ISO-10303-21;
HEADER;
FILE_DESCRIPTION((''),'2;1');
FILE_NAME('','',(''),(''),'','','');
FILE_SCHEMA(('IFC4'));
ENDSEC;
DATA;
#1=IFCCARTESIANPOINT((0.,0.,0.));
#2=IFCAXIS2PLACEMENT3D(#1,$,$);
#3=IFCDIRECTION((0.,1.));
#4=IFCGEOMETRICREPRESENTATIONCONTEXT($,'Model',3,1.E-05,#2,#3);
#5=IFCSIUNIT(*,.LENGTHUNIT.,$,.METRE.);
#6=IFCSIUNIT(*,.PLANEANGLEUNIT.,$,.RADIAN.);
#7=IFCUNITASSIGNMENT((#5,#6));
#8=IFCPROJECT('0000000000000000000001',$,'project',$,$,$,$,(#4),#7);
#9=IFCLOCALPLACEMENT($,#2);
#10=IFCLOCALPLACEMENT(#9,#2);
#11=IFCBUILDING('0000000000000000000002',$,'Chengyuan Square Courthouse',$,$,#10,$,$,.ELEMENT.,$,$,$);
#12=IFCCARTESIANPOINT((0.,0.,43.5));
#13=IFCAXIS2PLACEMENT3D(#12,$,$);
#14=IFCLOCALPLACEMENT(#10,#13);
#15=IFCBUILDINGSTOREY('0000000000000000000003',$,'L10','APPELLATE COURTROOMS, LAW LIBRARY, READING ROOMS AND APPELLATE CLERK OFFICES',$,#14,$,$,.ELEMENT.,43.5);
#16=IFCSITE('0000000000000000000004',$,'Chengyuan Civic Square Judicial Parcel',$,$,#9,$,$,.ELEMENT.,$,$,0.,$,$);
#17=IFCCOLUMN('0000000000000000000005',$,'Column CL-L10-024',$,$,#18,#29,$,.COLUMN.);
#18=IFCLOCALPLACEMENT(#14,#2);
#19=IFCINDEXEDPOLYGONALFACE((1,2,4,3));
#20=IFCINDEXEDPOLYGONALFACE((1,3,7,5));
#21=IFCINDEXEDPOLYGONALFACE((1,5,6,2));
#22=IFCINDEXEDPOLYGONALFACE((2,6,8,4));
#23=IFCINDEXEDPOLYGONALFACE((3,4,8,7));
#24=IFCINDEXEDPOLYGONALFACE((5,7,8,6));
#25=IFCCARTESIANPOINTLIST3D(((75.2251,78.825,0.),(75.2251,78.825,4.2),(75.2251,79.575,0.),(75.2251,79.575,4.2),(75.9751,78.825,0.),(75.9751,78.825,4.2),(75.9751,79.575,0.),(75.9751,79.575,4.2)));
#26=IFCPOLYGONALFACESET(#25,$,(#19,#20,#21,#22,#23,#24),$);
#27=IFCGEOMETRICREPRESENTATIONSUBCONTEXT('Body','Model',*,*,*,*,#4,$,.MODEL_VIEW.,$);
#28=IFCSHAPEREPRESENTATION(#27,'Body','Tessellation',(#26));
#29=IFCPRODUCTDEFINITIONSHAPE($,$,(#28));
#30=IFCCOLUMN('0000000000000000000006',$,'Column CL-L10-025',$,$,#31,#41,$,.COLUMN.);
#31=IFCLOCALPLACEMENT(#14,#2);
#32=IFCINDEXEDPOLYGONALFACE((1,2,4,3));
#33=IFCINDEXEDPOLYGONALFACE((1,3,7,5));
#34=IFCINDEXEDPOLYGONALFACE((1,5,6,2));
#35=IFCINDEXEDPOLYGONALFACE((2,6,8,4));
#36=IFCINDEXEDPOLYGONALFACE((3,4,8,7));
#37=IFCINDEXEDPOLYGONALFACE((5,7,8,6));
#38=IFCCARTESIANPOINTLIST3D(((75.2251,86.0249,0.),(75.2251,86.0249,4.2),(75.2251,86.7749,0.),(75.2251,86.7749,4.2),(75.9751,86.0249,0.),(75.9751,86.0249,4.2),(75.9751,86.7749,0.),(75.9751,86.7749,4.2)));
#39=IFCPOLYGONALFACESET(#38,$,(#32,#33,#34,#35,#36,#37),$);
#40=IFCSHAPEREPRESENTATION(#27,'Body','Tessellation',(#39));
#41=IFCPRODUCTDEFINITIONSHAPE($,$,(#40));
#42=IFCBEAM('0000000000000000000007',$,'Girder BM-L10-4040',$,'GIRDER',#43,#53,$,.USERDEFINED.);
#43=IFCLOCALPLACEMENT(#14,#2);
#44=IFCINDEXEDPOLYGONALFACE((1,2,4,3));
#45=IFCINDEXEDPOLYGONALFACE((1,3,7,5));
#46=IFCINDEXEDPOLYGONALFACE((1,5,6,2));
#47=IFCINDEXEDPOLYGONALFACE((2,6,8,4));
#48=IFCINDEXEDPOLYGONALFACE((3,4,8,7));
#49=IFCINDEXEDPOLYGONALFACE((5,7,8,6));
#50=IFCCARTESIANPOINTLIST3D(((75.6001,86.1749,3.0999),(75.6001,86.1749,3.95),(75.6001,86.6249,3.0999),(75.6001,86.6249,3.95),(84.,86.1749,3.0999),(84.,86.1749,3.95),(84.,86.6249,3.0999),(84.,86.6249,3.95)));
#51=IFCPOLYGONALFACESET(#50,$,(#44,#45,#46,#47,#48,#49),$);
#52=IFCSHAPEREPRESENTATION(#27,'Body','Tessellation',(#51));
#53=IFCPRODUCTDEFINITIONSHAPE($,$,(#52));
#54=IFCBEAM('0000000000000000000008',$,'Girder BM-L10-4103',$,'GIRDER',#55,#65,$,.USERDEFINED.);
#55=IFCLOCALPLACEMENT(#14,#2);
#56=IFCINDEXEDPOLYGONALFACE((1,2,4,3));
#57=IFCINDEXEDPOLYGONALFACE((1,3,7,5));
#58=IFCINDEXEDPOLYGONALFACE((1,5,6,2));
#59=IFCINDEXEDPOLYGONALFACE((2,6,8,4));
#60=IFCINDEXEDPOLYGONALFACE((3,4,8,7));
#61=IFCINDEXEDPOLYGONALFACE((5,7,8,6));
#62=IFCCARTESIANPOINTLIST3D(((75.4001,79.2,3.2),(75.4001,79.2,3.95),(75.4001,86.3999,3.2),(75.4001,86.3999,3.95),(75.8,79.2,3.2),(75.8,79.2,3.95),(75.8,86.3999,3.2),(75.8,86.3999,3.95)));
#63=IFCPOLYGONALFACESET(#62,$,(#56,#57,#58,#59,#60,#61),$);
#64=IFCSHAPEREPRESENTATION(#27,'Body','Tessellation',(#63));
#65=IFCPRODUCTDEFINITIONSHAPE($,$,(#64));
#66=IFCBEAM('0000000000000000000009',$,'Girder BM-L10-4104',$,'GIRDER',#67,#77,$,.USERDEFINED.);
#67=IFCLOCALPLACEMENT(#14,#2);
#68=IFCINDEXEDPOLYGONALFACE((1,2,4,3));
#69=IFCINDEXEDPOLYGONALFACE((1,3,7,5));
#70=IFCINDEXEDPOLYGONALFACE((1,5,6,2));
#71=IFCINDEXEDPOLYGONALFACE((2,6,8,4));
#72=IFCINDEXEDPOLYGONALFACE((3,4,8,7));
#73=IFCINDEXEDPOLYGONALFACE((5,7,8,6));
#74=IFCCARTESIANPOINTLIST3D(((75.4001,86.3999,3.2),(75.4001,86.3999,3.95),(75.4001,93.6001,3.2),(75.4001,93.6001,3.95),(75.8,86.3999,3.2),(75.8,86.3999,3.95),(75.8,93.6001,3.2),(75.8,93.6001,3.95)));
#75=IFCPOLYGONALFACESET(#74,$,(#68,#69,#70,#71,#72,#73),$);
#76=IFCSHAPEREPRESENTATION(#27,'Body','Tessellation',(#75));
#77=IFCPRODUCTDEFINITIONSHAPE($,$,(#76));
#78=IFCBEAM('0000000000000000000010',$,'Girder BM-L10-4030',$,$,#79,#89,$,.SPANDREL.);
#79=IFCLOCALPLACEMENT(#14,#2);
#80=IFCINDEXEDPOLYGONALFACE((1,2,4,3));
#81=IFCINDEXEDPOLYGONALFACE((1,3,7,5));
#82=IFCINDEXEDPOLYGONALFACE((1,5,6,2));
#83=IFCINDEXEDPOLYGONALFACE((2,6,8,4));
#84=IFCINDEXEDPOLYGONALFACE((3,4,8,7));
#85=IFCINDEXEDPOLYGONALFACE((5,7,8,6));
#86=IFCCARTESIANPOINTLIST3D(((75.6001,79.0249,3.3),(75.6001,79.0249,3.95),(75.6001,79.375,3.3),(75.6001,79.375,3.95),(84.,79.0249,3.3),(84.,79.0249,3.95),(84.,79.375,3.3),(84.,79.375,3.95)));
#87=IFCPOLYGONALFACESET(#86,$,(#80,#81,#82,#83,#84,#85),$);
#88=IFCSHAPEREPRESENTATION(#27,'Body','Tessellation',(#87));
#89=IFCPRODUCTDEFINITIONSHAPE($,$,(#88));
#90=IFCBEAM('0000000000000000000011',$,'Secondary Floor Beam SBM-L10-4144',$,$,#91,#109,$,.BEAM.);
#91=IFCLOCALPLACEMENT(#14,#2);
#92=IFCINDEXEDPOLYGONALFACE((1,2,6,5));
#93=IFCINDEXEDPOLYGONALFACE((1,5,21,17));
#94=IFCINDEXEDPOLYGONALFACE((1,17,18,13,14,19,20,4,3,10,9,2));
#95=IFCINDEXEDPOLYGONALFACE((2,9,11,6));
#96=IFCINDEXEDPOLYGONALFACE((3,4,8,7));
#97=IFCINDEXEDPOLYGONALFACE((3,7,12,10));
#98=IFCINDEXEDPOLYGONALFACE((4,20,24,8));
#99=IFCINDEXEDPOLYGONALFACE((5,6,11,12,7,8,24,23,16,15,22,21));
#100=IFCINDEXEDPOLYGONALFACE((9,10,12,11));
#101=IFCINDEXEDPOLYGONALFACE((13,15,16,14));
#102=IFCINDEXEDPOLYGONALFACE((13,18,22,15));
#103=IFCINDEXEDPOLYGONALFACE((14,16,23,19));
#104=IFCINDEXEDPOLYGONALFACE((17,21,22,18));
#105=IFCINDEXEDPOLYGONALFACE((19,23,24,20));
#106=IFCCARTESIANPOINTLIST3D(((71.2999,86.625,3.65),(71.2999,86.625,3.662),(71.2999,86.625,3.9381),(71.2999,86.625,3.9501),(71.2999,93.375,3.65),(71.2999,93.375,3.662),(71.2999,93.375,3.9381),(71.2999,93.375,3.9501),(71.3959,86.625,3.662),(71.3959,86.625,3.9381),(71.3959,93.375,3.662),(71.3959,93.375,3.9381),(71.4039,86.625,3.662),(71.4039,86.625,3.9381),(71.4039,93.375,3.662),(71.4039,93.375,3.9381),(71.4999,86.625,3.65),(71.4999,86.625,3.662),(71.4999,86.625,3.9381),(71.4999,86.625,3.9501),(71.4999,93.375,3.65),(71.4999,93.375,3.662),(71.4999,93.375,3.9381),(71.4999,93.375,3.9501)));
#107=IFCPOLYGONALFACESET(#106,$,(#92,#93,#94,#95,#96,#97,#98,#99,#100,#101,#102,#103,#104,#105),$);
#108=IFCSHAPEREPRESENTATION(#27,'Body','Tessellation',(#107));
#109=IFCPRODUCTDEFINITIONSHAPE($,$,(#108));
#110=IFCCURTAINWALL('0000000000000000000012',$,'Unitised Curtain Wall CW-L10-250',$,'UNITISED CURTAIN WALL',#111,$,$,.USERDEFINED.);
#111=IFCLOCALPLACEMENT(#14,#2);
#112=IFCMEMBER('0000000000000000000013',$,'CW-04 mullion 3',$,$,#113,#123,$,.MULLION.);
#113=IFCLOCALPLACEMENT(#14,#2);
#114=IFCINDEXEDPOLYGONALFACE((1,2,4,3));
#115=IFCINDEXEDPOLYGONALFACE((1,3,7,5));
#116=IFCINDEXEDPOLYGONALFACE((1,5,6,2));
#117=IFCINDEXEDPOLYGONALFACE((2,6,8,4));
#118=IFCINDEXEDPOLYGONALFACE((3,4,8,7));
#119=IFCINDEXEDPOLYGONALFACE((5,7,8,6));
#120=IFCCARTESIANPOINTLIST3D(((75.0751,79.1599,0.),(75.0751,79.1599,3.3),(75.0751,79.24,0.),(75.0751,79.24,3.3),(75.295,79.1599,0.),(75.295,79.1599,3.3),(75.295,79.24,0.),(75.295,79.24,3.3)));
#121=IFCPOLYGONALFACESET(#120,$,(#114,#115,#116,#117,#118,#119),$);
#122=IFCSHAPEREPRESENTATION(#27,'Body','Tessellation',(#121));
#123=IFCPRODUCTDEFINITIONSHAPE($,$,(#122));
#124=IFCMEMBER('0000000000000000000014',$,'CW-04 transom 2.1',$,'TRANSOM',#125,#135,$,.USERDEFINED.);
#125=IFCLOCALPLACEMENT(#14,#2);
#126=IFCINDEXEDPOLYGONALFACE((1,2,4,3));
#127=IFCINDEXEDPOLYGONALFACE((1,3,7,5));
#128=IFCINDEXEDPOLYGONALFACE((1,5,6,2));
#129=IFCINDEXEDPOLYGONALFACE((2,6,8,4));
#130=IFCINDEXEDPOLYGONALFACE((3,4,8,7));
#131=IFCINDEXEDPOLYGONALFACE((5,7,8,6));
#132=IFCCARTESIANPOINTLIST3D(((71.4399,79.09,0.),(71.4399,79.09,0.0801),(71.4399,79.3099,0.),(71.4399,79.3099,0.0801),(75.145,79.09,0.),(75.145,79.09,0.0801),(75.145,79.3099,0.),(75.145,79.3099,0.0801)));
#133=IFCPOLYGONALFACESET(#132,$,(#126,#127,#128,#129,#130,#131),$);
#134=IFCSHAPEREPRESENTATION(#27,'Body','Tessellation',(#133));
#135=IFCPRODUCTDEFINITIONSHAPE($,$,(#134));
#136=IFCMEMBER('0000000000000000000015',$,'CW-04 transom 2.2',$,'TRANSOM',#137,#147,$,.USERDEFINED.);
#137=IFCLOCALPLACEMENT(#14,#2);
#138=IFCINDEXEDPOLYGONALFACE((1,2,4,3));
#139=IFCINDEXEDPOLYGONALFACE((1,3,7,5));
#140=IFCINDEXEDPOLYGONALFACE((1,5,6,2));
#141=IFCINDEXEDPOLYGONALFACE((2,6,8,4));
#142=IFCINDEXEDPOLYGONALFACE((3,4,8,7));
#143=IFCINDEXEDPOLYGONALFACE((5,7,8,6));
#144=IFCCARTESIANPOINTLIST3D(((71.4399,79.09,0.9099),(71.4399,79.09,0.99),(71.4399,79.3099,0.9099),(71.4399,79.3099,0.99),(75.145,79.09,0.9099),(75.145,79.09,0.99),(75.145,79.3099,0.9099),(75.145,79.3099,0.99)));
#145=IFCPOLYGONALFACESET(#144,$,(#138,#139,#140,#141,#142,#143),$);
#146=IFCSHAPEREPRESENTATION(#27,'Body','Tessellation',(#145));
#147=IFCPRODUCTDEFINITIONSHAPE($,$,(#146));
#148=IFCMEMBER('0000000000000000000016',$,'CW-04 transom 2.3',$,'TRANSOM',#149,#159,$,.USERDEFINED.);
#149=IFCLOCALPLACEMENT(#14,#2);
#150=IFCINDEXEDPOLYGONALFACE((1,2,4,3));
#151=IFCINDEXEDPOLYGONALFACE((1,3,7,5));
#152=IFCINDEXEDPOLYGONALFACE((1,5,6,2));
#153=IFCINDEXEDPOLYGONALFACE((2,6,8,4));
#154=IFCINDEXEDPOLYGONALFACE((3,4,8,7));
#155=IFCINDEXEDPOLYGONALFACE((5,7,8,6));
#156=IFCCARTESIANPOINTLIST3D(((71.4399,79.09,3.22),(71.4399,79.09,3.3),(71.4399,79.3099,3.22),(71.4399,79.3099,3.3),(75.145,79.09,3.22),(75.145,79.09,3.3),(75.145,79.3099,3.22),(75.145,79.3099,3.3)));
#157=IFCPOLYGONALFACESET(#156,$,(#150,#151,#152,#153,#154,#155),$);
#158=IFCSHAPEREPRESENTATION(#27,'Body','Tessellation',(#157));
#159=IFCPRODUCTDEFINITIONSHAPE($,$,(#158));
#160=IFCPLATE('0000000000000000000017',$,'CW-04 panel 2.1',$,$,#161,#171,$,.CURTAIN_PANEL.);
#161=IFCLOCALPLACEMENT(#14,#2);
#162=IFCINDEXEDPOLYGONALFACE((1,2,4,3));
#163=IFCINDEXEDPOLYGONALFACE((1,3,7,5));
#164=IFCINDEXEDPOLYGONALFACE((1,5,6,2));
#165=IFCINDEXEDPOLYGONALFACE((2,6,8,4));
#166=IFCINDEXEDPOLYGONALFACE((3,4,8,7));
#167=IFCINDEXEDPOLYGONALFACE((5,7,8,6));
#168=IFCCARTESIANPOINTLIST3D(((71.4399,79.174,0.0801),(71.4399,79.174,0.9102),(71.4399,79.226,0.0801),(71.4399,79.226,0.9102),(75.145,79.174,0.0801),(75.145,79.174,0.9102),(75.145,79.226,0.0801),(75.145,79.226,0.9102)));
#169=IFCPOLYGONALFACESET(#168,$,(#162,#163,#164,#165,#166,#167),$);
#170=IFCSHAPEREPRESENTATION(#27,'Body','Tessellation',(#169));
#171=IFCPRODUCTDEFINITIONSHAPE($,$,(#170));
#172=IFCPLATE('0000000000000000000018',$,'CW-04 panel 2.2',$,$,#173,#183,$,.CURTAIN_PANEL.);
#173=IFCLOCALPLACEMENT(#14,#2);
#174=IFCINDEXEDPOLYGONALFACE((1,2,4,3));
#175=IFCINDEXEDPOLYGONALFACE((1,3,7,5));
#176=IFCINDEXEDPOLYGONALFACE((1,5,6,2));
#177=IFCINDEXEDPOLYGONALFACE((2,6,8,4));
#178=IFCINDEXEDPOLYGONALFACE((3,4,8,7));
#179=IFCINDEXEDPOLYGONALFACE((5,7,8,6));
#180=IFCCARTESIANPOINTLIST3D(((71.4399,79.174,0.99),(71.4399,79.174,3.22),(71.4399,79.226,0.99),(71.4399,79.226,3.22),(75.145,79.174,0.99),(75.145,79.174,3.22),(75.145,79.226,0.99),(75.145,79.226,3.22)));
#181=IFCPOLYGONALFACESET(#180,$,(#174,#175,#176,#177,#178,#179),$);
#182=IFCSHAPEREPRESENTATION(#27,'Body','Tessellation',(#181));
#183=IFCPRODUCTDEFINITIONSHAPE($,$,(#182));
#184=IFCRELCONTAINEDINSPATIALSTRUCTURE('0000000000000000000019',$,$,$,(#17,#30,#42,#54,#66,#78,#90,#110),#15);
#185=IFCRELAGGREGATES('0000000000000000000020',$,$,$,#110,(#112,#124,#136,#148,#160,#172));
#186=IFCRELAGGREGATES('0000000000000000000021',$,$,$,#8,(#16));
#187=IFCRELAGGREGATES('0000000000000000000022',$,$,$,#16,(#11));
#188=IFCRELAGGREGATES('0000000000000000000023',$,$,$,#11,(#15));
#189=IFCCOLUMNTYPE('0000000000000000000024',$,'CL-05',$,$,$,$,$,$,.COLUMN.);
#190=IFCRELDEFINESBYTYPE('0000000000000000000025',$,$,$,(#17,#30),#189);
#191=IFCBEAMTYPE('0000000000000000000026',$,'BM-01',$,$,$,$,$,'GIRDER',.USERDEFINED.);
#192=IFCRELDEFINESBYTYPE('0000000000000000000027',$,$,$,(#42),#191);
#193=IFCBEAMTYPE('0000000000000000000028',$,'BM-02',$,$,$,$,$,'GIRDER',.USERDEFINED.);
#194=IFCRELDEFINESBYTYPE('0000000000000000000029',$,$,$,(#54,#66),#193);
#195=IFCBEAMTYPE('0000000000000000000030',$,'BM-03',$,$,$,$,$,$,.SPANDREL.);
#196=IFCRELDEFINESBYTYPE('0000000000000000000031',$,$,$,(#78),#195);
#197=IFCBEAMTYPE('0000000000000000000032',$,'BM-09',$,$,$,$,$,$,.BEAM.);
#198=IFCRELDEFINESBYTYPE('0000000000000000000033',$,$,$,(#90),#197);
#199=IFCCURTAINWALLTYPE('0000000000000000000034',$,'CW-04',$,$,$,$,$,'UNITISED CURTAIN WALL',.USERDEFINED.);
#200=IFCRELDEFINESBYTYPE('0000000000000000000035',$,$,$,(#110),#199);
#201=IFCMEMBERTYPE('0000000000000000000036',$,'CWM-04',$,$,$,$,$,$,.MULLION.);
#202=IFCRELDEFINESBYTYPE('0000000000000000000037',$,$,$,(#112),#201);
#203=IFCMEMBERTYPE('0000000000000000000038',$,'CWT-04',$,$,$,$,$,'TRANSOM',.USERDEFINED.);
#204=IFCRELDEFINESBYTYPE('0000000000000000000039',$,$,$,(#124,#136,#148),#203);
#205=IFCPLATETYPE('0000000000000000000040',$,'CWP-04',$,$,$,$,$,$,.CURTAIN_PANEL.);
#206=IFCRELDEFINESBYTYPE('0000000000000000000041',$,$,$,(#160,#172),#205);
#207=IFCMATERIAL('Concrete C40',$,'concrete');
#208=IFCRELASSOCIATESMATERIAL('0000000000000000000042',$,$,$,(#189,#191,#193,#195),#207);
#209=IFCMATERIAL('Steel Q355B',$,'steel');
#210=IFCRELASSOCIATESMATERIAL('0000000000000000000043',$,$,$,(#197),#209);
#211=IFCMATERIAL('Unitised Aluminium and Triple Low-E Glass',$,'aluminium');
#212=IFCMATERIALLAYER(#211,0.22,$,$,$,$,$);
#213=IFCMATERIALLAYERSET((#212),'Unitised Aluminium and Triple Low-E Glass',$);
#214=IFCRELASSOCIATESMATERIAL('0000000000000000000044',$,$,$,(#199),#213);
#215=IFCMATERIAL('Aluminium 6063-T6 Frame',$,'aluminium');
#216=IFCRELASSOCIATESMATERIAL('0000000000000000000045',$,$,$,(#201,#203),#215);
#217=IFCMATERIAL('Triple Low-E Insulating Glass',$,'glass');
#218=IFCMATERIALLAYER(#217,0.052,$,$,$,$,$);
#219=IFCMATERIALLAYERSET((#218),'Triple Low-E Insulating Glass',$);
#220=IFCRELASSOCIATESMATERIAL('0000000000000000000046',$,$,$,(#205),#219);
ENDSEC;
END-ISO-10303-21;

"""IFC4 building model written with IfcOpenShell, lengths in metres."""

from ifc_helpers import new_model, si_unit, direction, frame, origin, origin_2d, place, context, subcontext, project, spatial, rectangle, i_section, extrude, material, layer, layer_set, material_profile, profile_set, type_object, element, aggregate, save


model = new_model("IFC4")

# Units and contexts
model_context = context("Model", 3, precision=1e-05, world=origin(), true_north=direction((0.0, 1.0)))
body_context = subcontext(model_context, "Body", "Model", "MODEL_VIEW")
ifc_project = project(units=[si_unit("LENGTHUNIT", "METRE"), si_unit("PLANEANGLEUNIT", "RADIAN")], contexts=[model_context])

# Site, building, storey
site_placement = place(None, origin())
site = spatial("IfcSite", under=ifc_project, at=site_placement, Name="Chengyuan Civic Square Judicial Parcel", CompositionType="ELEMENT", RefElevation=0.0)
building_placement = place(site_placement, origin())
building = spatial("IfcBuilding", under=site, at=building_placement, Name="Chengyuan Square Courthouse", CompositionType="ELEMENT")
storey_placement = place(building_placement, frame((0.0, 0.0, 43.5)))
storey = spatial("IfcBuildingStorey", under=building, at=storey_placement, Name="L10", Description="APPELLATE COURTROOMS, LAW LIBRARY, READING ROOMS AND APPELLATE CLERK OFFICES", CompositionType="ELEMENT", Elevation=43.5)

# Columns
ifc_material_1 = material(Name="Concrete C40", Category="concrete")
ifc_material_profile_1 = material_profile(ifc_material_1, rectangle(XDim=0.75, YDim=0.75, at=origin_2d()), Name="RC-COL-750x750")
ifc_profile_set_1 = profile_set([ifc_material_profile_1], Name="Concrete C40")
column_type = type_object("IfcColumnType", Name="CL-05", PredefinedType="COLUMN", material=ifc_profile_set_1)
for number, where, z_axis, x_axis, name in (
    (1, (75.6001, 79.2, 0.0), (0.0, 0.0, 1.0), (1.0, 0.0, 0.0), "Column CL-L10-024"),
    (2, (75.6001, 86.3999, 0.0), (0.0, 0.0, 1.0), (1.0, 0.0, 0.0), "Column CL-L10-025"),
):
    element("IfcColumn", number, at=place(storey_placement, frame(where, z_axis=z_axis, x_axis=x_axis)), inside=storey, type_object=column_type, Name=name, PredefinedType="COLUMN", context=body_context, shape_type="SweptSolid", body=[
        extrude(rectangle(XDim=0.75, YDim=0.75, at=origin_2d()), origin(), (0.0, 0.0, 1.0), 4.2),
    ])

# Beams
ifc_material_profile_2 = material_profile(ifc_material_1, rectangle(XDim=0.45, YDim=0.8501, at=origin_2d()), Name="RC-BM-450x850")
ifc_profile_set_2 = profile_set([ifc_material_profile_2], Name="Concrete C40")
beam_type_1 = type_object("IfcBeamType", Name="BM-01", ElementType="GIRDER", PredefinedType="USERDEFINED", material=ifc_profile_set_2)
beam_1_placement = place(storey_placement, frame((75.6001, 86.3999, 3.5249), z_axis=(1.0, 0.0, 0.0), x_axis=(0.0, 1.0, 0.0)))
element("IfcBeam", 3, at=beam_1_placement, inside=storey, type_object=beam_type_1, Name="Girder BM-L10-4040", ObjectType="GIRDER", PredefinedType="USERDEFINED", context=body_context, shape_type="SweptSolid", body=[
    extrude(rectangle(XDim=0.45, YDim=0.8501, at=origin_2d()), origin(), (0.0, 0.0, 1.0), 8.3999),
])
ifc_material_profile_3 = material_profile(ifc_material_1, rectangle(XDim=0.3999, YDim=0.75, at=origin_2d()), Name="RC-BM-400x750")
ifc_profile_set_3 = profile_set([ifc_material_profile_3], Name="Concrete C40")
beam_type_2 = type_object("IfcBeamType", Name="BM-02", ElementType="GIRDER", PredefinedType="USERDEFINED", material=ifc_profile_set_3)
beam_2_placement = place(storey_placement, frame((75.6001, 79.2, 3.575), z_axis=(0.0, 1.0, 0.0), x_axis=(-1.0, 0.0, 0.0)))
element("IfcBeam", 4, at=beam_2_placement, inside=storey, type_object=beam_type_2, Name="Girder BM-L10-4103", ObjectType="GIRDER", PredefinedType="USERDEFINED", context=body_context, shape_type="SweptSolid", body=[
    extrude(rectangle(XDim=0.3999, YDim=0.75, at=origin_2d()), origin(), (0.0, 0.0, 1.0), 7.2),
])
beam_3_placement = place(storey_placement, frame((75.6001, 86.3999, 3.575), z_axis=(0.0, 1.0, 0.0), x_axis=(-1.0, 0.0, 0.0)))
element("IfcBeam", 5, at=beam_3_placement, inside=storey, type_object=beam_type_2, Name="Girder BM-L10-4104", ObjectType="GIRDER", PredefinedType="USERDEFINED", context=body_context, shape_type="SweptSolid", body=[
    extrude(rectangle(XDim=0.3999, YDim=0.75, at=origin_2d()), origin(), (0.0, 0.0, 1.0), 7.2002),
])
ifc_material_profile_4 = material_profile(ifc_material_1, rectangle(XDim=0.3501, YDim=0.6499, at=origin_2d()), Name="RC-BM-350x650")
ifc_profile_set_4 = profile_set([ifc_material_profile_4], Name="Concrete C40")
beam_type_3 = type_object("IfcBeamType", Name="BM-03", PredefinedType="SPANDREL", material=ifc_profile_set_4)
beam_4_placement = place(storey_placement, frame((75.6001, 79.2, 3.625), z_axis=(1.0, 0.0, 0.0), x_axis=(0.0, 1.0, 0.0)))
element("IfcBeam", 6, at=beam_4_placement, inside=storey, type_object=beam_type_3, Name="Girder BM-L10-4030", PredefinedType="SPANDREL", context=body_context, shape_type="SweptSolid", body=[
    extrude(rectangle(XDim=0.3501, YDim=0.6499, at=origin_2d()), origin(), (0.0, 0.0, 1.0), 8.3999),
])
ifc_material_2 = material(Name="Steel Q355B", Category="steel")
ifc_material_profile_5 = material_profile(ifc_material_2, i_section(OverallWidth=0.2, OverallDepth=0.3, WebThickness=0.0081, FlangeThickness=0.012, at=origin_2d()), Name="HM 300x200x8x12")
ifc_profile_set_5 = profile_set([ifc_material_profile_5], Name="Steel Q355B")
beam_type_4 = type_object("IfcBeamType", Name="BM-09", PredefinedType="BEAM", material=ifc_profile_set_5)
beam_5_placement = place(storey_placement, frame((71.3999, 86.625, 3.8), z_axis=(0.0, 1.0, 0.0), x_axis=(-1.0, 0.0, 0.0)))
element("IfcBeam", 7, at=beam_5_placement, inside=storey, type_object=beam_type_4, Name="Secondary Floor Beam SBM-L10-4144", PredefinedType="BEAM", context=body_context, shape_type="SweptSolid", body=[
    extrude(i_section(OverallWidth=0.2, OverallDepth=0.3, WebThickness=0.0081, FlangeThickness=0.012, at=origin_2d()), origin(), (0.0, 0.0, 1.0), 6.75),
])

# Curtain wall, members, plates
ifc_material_3 = material(Name="Unitised Aluminium and Triple Low-E Glass", Category="aluminium")
ifc_layer_1 = layer(ifc_material_3, 0.22)
ifc_layer_set_1 = layer_set([ifc_layer_1], Name="Unitised Aluminium and Triple Low-E Glass")
curtain_wall_type = type_object("IfcCurtainWallType", Name="CW-04", ElementType="UNITISED CURTAIN WALL", PredefinedType="USERDEFINED", material=ifc_layer_set_1)
curtain_wall_placement = place(storey_placement, origin())
curtain_wall = element("IfcCurtainWall", 8, at=curtain_wall_placement, inside=storey, type_object=curtain_wall_type, Name="Unitised Curtain Wall CW-L10-250", ObjectType="UNITISED CURTAIN WALL", PredefinedType="USERDEFINED")
ifc_material_4 = material(Name="Aluminium 6063-T6 Frame", Category="aluminium")
ifc_material_profile_6 = material_profile(ifc_material_4, rectangle(XDim=0.0801, YDim=0.22, at=origin_2d()), Name="CW-MUL-80x220")
ifc_profile_set_6 = profile_set([ifc_material_profile_6], Name="Aluminium 6063-T6 Frame")
member_type_1 = type_object("IfcMemberType", Name="CWM-04", PredefinedType="MULLION", material=ifc_profile_set_6)
member_1_placement = place(storey_placement, frame((75.1851, 79.2, 0.0), z_axis=(0.0, 0.0, 1.0), x_axis=(0.0, 1.0, 0.0)))
member_1 = element("IfcMember", 9, at=member_1_placement, type_object=member_type_1, Name="CW-04 mullion 3", PredefinedType="MULLION", context=body_context, shape_type="SweptSolid", body=[
    extrude(rectangle(XDim=0.0801, YDim=0.22, at=origin_2d()), origin(), (0.0, 0.0, 1.0), 3.3),
])
ifc_material_profile_7 = material_profile(ifc_material_4, rectangle(XDim=0.22, YDim=0.0801, at=origin_2d()), Name="CW-TRN-80x180")
ifc_profile_set_7 = profile_set([ifc_material_profile_7], Name="Aluminium 6063-T6 Frame")
member_type_2 = type_object("IfcMemberType", Name="CWT-04", ElementType="TRANSOM", PredefinedType="USERDEFINED", material=ifc_profile_set_7)
member_2_placement = place(storey_placement, frame((71.4399, 79.2, 0.04), z_axis=(1.0, 0.0, 0.0), x_axis=(0.0, 1.0, 0.0)))
member_2 = element("IfcMember", 10, at=member_2_placement, type_object=member_type_2, Name="CW-04 transom 2.1", ObjectType="TRANSOM", PredefinedType="USERDEFINED", context=body_context, shape_type="SweptSolid", body=[
    extrude(rectangle(XDim=0.22, YDim=0.0801, at=origin_2d()), origin(), (0.0, 0.0, 1.0), 3.7051),
])
member_3_placement = place(storey_placement, frame((71.4399, 79.2, 0.95), z_axis=(1.0, 0.0, 0.0), x_axis=(0.0, 1.0, 0.0)))
member_3 = element("IfcMember", 11, at=member_3_placement, type_object=member_type_2, Name="CW-04 transom 2.2", ObjectType="TRANSOM", PredefinedType="USERDEFINED", context=body_context, shape_type="SweptSolid", body=[
    extrude(rectangle(XDim=0.22, YDim=0.0801, at=origin_2d()), origin(), (0.0, 0.0, 1.0), 3.7051),
])
member_4_placement = place(storey_placement, frame((71.4399, 79.2, 3.26), z_axis=(1.0, 0.0, 0.0), x_axis=(0.0, 1.0, 0.0)))
member_4 = element("IfcMember", 12, at=member_4_placement, type_object=member_type_2, Name="CW-04 transom 2.3", ObjectType="TRANSOM", PredefinedType="USERDEFINED", context=body_context, shape_type="SweptSolid", body=[
    extrude(rectangle(XDim=0.22, YDim=0.0801, at=origin_2d()), origin(), (0.0, 0.0, 1.0), 3.7051),
])
ifc_material_5 = material(Name="Triple Low-E Insulating Glass", Category="glass")
ifc_layer_2 = layer(ifc_material_5, 0.052)
ifc_layer_set_2 = layer_set([ifc_layer_2], Name="Triple Low-E Insulating Glass")
plate_type = type_object("IfcPlateType", Name="CWP-04", PredefinedType="CURTAIN_PANEL", material=ifc_layer_set_2)
plate_1_placement = place(storey_placement, frame((73.2925, 79.2, 0.0801), z_axis=(0.0, 0.0, 1.0), x_axis=(1.0, 0.0, 0.0)))
plate_1 = element("IfcPlate", 13, at=plate_1_placement, type_object=plate_type, Name="CW-04 panel 2.1", PredefinedType="CURTAIN_PANEL", context=body_context, shape_type="SweptSolid", body=[
    extrude(rectangle(XDim=3.7051, YDim=0.052, at=origin_2d()), origin(), (0.0, 0.0, 1.0), 0.8301),
])
plate_2_placement = place(storey_placement, frame((73.2925, 79.2, 0.99), z_axis=(0.0, 0.0, 1.0), x_axis=(1.0, 0.0, 0.0)))
plate_2 = element("IfcPlate", 14, at=plate_2_placement, type_object=plate_type, Name="CW-04 panel 2.2", PredefinedType="CURTAIN_PANEL", context=body_context, shape_type="SweptSolid", body=[
    extrude(rectangle(XDim=3.7051, YDim=0.052, at=origin_2d()), origin(), (0.0, 0.0, 1.0), 2.23),
])
aggregate(curtain_wall, [member_1, member_2, member_3, member_4, plate_1, plate_2])

save(model, "model.ifc")
